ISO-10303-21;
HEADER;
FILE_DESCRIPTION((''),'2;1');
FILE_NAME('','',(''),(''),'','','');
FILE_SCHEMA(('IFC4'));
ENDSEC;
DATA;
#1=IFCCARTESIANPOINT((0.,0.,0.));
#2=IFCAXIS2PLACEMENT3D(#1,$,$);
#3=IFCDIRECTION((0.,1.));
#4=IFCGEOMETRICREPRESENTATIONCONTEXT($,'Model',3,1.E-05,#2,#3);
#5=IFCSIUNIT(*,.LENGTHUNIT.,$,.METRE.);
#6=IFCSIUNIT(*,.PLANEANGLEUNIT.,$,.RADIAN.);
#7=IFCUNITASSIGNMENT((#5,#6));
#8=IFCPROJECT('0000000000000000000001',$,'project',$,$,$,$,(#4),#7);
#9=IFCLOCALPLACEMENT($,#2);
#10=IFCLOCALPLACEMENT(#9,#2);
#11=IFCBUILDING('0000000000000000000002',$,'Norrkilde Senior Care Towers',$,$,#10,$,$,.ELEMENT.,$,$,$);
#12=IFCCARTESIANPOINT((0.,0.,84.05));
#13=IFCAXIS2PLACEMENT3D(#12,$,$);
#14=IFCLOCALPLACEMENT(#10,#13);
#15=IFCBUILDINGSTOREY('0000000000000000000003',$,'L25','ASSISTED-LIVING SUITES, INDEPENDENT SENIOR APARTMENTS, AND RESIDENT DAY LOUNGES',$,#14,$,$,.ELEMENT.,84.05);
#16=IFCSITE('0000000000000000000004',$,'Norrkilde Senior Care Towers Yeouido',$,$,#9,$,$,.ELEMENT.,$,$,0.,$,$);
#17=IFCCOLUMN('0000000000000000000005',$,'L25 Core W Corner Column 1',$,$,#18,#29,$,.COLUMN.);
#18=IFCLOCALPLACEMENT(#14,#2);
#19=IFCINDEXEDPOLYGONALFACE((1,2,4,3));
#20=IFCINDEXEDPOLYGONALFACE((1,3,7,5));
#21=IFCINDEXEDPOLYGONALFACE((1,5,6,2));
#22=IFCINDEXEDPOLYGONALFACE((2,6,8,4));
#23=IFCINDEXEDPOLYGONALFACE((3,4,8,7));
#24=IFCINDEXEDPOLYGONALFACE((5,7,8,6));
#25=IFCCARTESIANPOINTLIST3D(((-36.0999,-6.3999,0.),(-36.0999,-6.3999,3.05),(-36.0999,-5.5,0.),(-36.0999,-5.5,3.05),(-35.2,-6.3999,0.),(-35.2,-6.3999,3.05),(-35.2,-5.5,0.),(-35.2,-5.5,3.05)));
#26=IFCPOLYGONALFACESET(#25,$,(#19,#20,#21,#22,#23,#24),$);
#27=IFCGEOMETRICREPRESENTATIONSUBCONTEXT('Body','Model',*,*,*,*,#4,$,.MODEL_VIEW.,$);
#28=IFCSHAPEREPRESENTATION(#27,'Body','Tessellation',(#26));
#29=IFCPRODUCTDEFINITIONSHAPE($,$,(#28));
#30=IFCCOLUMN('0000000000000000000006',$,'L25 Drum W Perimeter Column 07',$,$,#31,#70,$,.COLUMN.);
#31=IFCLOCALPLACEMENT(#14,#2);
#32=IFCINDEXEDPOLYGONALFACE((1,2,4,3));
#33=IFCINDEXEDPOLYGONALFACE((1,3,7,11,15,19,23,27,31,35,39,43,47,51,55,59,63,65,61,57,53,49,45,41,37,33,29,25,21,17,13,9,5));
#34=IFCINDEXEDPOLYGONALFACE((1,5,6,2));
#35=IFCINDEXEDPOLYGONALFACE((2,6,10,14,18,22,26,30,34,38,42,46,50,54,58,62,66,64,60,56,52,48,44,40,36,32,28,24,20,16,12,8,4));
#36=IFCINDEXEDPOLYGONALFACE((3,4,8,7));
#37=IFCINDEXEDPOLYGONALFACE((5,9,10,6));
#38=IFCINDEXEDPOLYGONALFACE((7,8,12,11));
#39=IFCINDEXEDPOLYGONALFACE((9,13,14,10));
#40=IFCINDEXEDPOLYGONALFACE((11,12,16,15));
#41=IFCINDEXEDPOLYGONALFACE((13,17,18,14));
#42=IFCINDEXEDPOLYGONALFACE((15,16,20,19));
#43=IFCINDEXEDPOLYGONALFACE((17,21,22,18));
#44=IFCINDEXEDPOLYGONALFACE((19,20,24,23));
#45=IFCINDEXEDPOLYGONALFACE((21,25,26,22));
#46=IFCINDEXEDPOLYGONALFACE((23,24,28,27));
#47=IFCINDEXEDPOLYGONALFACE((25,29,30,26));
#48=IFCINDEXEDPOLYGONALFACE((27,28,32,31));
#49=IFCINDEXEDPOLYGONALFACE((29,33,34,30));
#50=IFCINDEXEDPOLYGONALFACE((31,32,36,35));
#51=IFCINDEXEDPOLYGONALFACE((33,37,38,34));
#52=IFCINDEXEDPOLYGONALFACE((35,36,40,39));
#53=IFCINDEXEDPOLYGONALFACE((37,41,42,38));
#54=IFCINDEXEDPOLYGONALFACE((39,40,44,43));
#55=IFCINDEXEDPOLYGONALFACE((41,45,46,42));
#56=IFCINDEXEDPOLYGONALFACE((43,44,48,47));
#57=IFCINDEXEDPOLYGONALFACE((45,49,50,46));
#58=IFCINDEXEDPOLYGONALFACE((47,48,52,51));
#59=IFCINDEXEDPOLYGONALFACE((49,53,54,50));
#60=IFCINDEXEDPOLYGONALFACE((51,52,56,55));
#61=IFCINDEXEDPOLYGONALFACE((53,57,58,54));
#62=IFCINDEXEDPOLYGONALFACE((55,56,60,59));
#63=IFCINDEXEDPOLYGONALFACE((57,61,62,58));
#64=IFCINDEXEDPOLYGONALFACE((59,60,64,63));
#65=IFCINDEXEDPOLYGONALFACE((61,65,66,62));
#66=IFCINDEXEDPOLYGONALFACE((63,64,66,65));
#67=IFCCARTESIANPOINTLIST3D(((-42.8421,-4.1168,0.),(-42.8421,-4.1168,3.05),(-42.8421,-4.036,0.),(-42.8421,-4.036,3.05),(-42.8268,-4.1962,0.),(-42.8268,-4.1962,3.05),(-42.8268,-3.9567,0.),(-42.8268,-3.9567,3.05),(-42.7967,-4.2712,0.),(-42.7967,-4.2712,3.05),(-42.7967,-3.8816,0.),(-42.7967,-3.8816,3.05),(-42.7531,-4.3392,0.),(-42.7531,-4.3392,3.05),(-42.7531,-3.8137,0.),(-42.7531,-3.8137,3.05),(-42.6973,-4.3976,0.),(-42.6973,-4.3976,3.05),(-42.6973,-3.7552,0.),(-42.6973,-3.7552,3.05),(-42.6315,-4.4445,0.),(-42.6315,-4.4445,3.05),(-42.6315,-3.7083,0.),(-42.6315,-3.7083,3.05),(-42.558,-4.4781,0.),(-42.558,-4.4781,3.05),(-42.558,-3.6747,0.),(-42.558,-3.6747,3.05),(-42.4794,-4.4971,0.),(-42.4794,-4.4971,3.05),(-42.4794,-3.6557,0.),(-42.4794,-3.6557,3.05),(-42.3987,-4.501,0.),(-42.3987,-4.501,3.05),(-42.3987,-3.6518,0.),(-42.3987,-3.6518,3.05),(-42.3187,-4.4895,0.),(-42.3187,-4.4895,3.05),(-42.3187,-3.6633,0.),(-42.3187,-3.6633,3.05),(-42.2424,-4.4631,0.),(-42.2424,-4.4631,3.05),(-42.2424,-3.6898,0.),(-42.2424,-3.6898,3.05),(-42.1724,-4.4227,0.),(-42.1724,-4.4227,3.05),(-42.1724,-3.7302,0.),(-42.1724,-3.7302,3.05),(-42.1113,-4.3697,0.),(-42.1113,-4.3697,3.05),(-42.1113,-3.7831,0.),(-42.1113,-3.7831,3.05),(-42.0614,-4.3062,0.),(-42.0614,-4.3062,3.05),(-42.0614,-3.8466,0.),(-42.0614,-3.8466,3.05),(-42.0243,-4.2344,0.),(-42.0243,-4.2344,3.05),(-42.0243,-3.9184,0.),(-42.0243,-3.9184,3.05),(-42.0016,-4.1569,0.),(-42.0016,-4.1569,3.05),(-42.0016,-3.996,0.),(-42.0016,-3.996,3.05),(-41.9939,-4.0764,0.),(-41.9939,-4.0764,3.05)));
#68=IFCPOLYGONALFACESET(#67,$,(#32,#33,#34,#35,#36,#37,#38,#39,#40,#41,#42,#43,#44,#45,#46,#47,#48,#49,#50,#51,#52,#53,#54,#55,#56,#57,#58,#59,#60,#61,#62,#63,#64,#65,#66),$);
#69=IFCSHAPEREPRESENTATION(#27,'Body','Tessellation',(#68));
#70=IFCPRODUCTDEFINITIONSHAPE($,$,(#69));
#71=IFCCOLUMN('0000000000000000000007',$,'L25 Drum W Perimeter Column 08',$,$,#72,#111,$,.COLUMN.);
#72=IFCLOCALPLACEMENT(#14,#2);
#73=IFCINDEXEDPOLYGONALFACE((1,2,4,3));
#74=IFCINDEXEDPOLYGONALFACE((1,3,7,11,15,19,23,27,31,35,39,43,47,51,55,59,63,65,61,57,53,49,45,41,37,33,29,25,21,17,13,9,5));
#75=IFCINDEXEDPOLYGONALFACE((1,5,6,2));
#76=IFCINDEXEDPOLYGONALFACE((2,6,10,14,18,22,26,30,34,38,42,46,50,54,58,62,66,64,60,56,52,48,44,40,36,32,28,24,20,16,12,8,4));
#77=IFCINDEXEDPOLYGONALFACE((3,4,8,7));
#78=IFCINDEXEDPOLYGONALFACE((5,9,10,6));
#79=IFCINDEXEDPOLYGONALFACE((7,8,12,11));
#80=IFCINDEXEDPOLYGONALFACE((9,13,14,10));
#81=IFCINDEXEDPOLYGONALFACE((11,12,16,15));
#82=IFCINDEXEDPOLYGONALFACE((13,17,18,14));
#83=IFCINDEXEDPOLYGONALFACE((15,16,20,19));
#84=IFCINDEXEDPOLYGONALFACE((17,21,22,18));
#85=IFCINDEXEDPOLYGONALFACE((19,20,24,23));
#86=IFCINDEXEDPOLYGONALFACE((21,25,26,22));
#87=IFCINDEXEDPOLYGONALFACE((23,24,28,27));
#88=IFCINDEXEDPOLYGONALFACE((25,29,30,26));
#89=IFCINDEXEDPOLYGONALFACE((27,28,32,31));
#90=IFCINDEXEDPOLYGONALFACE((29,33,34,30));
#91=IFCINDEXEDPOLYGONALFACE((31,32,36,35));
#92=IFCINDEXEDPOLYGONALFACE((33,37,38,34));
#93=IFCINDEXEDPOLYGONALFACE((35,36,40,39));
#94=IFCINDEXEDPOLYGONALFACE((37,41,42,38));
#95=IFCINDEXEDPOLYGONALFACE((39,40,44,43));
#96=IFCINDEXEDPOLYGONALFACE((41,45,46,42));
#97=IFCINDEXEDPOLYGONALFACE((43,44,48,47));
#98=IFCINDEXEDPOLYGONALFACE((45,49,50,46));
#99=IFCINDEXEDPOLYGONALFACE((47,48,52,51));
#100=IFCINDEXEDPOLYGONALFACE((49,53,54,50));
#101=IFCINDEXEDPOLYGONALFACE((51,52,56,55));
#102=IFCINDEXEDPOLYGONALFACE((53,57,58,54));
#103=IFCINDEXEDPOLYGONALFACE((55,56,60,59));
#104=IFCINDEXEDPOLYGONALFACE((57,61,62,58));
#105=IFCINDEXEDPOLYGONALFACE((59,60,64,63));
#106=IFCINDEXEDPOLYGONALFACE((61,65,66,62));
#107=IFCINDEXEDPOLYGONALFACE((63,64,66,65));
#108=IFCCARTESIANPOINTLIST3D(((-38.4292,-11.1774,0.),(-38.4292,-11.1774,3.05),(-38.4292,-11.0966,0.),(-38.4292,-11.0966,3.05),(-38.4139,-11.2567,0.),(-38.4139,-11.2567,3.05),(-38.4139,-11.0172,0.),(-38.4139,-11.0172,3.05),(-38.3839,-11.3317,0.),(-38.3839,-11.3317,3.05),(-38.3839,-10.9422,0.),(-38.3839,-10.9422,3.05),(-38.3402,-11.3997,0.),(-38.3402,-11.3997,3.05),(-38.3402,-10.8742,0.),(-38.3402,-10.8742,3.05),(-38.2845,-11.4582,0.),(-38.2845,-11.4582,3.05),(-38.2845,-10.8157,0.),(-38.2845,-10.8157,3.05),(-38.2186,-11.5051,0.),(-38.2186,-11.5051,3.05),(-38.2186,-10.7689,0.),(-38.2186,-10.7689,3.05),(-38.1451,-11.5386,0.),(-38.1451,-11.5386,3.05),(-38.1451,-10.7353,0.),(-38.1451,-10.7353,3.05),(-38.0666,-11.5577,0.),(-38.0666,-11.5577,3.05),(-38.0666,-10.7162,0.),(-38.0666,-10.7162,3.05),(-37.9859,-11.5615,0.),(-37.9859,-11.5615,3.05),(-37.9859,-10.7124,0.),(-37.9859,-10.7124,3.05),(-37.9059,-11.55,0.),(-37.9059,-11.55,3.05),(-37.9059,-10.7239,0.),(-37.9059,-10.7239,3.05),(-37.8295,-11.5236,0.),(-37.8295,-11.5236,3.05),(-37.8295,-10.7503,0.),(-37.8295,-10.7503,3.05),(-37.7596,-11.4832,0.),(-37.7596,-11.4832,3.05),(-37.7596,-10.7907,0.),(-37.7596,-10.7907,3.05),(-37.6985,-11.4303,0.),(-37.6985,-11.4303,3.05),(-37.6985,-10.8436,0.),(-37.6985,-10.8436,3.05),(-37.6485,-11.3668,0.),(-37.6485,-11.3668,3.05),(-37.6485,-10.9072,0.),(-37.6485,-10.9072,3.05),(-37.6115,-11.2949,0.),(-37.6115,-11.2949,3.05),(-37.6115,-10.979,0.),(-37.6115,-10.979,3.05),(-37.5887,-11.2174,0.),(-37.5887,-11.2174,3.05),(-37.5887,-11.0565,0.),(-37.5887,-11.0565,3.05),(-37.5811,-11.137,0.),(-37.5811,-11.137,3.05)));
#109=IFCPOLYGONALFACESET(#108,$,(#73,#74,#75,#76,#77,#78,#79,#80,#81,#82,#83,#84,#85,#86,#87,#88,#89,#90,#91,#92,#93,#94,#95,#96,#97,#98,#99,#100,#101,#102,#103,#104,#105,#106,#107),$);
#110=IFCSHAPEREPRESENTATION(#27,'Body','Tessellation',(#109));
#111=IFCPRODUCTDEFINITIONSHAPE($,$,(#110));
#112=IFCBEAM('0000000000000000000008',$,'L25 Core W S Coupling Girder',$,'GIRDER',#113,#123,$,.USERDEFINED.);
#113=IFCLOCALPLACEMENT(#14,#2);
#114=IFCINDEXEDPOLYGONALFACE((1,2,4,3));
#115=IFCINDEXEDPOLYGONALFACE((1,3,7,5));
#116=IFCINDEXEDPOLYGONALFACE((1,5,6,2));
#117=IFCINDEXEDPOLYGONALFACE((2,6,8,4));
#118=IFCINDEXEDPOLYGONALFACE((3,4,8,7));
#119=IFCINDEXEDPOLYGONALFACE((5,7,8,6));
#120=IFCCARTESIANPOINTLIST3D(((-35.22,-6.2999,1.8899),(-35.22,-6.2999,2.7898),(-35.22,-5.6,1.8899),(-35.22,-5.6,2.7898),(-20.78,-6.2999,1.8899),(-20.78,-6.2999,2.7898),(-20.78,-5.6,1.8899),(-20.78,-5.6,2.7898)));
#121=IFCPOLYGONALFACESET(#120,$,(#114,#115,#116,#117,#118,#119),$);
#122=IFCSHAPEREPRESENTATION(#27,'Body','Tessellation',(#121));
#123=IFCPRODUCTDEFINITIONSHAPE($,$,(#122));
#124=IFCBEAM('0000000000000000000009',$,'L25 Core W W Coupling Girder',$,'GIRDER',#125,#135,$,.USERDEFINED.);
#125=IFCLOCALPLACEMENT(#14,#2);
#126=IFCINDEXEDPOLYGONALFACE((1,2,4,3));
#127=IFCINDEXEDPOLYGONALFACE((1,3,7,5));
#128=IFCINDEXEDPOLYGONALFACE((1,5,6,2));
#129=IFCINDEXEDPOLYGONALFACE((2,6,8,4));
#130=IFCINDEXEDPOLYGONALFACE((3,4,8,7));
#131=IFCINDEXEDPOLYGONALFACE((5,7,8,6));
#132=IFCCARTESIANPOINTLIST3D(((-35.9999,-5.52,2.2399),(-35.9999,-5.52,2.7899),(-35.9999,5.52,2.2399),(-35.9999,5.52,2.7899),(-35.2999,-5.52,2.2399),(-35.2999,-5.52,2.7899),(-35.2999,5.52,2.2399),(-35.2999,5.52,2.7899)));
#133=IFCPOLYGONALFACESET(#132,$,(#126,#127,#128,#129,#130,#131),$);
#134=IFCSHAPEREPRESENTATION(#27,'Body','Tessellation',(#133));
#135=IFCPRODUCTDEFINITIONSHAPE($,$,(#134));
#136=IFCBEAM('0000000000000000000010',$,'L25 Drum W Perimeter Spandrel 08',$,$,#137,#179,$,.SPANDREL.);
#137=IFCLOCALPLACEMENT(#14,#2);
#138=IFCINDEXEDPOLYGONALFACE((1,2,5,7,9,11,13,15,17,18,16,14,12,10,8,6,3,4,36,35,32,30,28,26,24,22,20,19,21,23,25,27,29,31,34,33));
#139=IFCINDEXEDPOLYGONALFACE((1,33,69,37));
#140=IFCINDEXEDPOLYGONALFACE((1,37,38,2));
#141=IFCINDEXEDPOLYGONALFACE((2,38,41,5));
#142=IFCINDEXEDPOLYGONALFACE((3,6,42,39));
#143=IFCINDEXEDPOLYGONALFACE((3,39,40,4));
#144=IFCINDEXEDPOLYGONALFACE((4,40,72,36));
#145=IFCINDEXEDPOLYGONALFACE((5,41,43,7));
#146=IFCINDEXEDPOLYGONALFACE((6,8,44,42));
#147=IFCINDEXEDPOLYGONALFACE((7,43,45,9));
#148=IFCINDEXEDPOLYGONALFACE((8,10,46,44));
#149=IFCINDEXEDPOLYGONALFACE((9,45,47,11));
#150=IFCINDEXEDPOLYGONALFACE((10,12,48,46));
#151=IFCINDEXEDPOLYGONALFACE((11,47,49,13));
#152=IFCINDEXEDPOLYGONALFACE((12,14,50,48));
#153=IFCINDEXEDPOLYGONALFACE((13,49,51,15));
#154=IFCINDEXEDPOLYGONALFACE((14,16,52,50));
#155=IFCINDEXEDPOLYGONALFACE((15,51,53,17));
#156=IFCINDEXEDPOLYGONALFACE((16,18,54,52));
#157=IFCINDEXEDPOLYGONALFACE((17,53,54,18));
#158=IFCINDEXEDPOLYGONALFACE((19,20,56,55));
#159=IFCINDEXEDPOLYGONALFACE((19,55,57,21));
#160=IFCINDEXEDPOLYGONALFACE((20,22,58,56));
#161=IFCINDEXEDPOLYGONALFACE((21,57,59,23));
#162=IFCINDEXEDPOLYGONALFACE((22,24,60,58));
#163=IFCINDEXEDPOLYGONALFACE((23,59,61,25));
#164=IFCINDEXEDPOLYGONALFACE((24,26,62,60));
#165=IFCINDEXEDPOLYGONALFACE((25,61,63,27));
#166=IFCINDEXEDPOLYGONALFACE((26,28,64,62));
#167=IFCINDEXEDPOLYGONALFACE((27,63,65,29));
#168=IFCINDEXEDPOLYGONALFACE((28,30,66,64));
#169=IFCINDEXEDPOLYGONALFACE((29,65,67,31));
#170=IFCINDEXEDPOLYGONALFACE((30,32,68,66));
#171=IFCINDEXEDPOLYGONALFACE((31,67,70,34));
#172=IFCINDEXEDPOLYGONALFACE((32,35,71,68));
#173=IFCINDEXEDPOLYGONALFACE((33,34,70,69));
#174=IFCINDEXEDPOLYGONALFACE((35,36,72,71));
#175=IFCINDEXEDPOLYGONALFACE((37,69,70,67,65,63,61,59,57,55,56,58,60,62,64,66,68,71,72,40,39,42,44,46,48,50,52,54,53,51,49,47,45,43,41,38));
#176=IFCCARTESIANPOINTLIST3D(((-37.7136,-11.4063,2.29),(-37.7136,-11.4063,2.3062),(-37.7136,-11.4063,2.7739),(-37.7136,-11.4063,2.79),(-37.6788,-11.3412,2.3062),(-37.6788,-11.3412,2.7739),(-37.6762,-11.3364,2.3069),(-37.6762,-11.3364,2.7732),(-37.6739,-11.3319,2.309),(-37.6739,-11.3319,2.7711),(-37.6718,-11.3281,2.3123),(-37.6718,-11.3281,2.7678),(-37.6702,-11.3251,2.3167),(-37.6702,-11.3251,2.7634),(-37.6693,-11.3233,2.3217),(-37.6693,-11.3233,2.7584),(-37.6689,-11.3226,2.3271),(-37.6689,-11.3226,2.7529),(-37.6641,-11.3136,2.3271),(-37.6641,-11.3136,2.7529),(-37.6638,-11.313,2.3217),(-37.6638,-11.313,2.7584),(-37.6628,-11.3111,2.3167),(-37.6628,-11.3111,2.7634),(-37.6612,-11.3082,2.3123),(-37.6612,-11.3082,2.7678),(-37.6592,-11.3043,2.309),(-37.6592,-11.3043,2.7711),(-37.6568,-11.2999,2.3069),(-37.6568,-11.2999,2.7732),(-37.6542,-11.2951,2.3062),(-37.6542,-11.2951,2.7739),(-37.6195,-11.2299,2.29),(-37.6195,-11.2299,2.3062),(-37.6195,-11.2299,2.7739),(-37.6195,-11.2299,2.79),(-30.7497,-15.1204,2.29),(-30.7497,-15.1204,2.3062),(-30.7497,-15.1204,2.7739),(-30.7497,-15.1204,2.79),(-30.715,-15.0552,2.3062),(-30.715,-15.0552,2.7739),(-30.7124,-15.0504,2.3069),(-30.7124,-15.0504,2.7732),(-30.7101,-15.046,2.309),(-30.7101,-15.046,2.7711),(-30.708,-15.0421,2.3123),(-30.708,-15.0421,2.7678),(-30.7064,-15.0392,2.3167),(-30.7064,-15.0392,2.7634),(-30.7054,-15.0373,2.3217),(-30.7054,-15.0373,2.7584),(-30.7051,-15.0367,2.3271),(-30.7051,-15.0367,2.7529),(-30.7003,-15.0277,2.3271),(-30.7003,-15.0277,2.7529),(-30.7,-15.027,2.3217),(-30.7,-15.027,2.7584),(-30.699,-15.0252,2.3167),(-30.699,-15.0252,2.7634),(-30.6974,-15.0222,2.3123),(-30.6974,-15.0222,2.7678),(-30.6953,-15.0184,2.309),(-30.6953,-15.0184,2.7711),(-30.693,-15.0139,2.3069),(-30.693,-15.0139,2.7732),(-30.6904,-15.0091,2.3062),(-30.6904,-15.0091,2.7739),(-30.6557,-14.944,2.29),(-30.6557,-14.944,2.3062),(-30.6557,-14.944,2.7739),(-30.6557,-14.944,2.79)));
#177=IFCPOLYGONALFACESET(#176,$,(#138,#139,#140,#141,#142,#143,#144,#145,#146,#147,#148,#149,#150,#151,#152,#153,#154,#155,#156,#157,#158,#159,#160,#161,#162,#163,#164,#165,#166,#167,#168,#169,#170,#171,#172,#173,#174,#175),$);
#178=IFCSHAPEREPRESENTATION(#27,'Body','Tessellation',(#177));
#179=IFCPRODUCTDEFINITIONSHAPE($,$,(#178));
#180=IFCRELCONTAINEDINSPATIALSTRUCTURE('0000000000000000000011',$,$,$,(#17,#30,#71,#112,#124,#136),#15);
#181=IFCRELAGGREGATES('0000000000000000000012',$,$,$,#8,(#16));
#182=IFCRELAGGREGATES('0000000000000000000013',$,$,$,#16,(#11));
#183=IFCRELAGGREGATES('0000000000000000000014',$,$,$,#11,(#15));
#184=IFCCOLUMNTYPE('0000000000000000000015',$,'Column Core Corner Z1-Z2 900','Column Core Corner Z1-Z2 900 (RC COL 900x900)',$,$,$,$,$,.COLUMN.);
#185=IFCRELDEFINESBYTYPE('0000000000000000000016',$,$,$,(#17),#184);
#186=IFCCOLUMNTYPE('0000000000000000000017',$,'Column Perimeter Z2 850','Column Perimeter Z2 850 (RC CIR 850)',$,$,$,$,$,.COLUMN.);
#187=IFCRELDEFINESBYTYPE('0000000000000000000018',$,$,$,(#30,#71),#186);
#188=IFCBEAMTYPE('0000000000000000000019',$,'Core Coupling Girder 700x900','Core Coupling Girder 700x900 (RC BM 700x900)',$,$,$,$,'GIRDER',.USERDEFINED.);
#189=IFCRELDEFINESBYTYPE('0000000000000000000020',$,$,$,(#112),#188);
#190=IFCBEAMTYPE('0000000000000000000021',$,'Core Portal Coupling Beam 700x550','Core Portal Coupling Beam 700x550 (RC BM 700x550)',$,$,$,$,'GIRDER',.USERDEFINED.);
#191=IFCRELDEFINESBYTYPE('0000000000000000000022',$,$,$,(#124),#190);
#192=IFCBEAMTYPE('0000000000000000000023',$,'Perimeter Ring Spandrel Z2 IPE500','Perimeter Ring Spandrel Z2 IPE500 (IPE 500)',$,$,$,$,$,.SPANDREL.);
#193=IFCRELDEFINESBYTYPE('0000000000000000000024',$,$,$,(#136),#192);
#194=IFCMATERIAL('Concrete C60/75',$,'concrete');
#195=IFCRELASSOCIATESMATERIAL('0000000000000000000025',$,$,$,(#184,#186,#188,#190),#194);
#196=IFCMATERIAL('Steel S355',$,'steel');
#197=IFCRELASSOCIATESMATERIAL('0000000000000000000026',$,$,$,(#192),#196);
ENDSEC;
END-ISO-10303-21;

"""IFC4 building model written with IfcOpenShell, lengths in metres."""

from ifc_helpers import new_model, si_unit, direction, frame, origin, origin_2d, place, context, subcontext, project, spatial, rectangle, circle, i_section, extrude, source, transform, mapped, material, material_profile, profile_set, type_object, type_shapes, element, save


model = new_model("IFC4")

# Units and contexts
model_context = context("Model", 3, precision=1e-05, world=origin(), true_north=direction((0.0, 1.0)))
body_context = subcontext(model_context, "Body", "Model", "MODEL_VIEW")
ifc_project = project(units=[si_unit("LENGTHUNIT", "METRE"), si_unit("PLANEANGLEUNIT", "RADIAN")], contexts=[model_context])

# Site, building, storey
site_placement = place(None, origin())
site = spatial("IfcSite", under=ifc_project, at=site_placement, Name="Norrkilde Senior Care Towers Yeouido", CompositionType="ELEMENT", RefElevation=0.0)
building_placement = place(site_placement, origin())
building = spatial("IfcBuilding", under=site, at=building_placement, Name="Norrkilde Senior Care Towers", CompositionType="ELEMENT")
storey_placement = place(building_placement, frame((0.0, 0.0, 84.05)))
storey = spatial("IfcBuildingStorey", under=building, at=storey_placement, Name="L25", Description="ASSISTED-LIVING SUITES, INDEPENDENT SENIOR APARTMENTS, AND RESIDENT DAY LOUNGES", CompositionType="ELEMENT", Elevation=84.05)

# Columns
ifc_material_1 = material(Name="Concrete C60/75", Category="concrete")
ifc_material_profile_1 = material_profile(ifc_material_1, rectangle(XDim=0.8999, YDim=0.8999, at=origin_2d()), Name="RC COL 900x900")
ifc_profile_set_1 = profile_set([ifc_material_profile_1], Name="Concrete C60/75")
column_type_1 = type_object("IfcColumnType", Name="Column Core Corner Z1-Z2 900", Description="Column Core Corner Z1-Z2 900 (RC COL 900x900)", PredefinedType="COLUMN", material=ifc_profile_set_1)
shared_shape_1 = source(origin(), body_context, "Body", "SweptSolid", [
    extrude(rectangle(XDim=0.8999, YDim=0.8999, at=origin_2d()), origin(), (0.0, 0.0, 1.0), 3.05),
])
type_shapes(column_type_1, [shared_shape_1])
column_placement = place(storey_placement, frame((-35.6499, -5.95, 0.0), z_axis=(0.0, 0.0, 1.0), x_axis=(1.0, 0.0, 0.0)))
element("IfcColumn", 1, at=column_placement, inside=storey, type_object=column_type_1, Name="L25 Core W Corner Column 1", PredefinedType="COLUMN", context=body_context, shape_type="MappedRepresentation", body=[
    mapped(shared_shape_1, transform((0.0, 0.0, 0.0), x_axis=(1.0, 0.0, 0.0), y_axis=(0.0, 1.0, 0.0), z_axis=(0.0, 0.0, 1.0), scale=1.0)),
])
ifc_material_profile_2 = material_profile(ifc_material_1, circle(Radius=0.425, at=origin_2d()), Name="RC CIR 850")
ifc_profile_set_2 = profile_set([ifc_material_profile_2], Name="Concrete C60/75")
column_type_2 = type_object("IfcColumnType", Name="Column Perimeter Z2 850", Description="Column Perimeter Z2 850 (RC CIR 850)", PredefinedType="COLUMN", material=ifc_profile_set_2)
shared_shape_2 = source(origin(), body_context, "Body", "SweptSolid", [
    extrude(circle(Radius=0.425, at=origin_2d()), origin(), (0.0, 0.0, 1.0), 3.05),
])
type_shapes(column_type_2, [shared_shape_2])
for number, where, z_axis, x_axis, name in (
    (2, (-42.4189, -4.0764, 0.0), (0.0, 0.0, 1.0), (1.0, 0.0, 0.0), "L25 Drum W Perimeter Column 07"),
    (3, (-38.0061, -11.137, 0.0), (0.0, 0.0, 1.0), (1.0, 0.0, 0.0), "L25 Drum W Perimeter Column 08"),
):
    element("IfcColumn", number, at=place(storey_placement, frame(where, z_axis=z_axis, x_axis=x_axis)), inside=storey, type_object=column_type_2, Name=name, PredefinedType="COLUMN", context=body_context, shape_type="MappedRepresentation", body=[
        mapped(shared_shape_2, transform((0.0, 0.0, 0.0), x_axis=(1.0, 0.0, 0.0), y_axis=(0.0, 1.0, 0.0), z_axis=(0.0, 0.0, 1.0), scale=1.0)),
    ])

# Beams
ifc_material_profile_3 = material_profile(ifc_material_1, rectangle(XDim=0.7, YDim=0.8999, at=origin_2d()), Name="RC BM 700x900")
ifc_profile_set_3 = profile_set([ifc_material_profile_3], Name="Concrete C60/75")
beam_type_1 = type_object("IfcBeamType", Name="Core Coupling Girder 700x900", Description="Core Coupling Girder 700x900 (RC BM 700x900)", ElementType="GIRDER", PredefinedType="USERDEFINED", material=ifc_profile_set_3)
shared_shape_3 = source(origin(), body_context, "Body", "SweptSolid", [
    extrude(rectangle(XDim=0.7, YDim=0.8999, at=origin_2d()), origin(), (0.0, 0.0, 1.0), 14.4399),
])
type_shapes(beam_type_1, [shared_shape_3])
beam_1_placement = place(storey_placement, frame((-35.22, -5.95, 2.3398), z_axis=(1.0, 0.0, 0.0), x_axis=(0.0, 1.0, 0.0)))
element("IfcBeam", 4, at=beam_1_placement, inside=storey, type_object=beam_type_1, Name="L25 Core W S Coupling Girder", ObjectType="GIRDER", PredefinedType="USERDEFINED", context=body_context, shape_type="MappedRepresentation", body=[
    mapped(shared_shape_3, transform((0.0, 0.0, 0.0), x_axis=(1.0, 0.0, 0.0), y_axis=(0.0, 1.0, 0.0), z_axis=(0.0, 0.0, 1.0), scale=1.0)),
])
ifc_material_profile_4 = material_profile(ifc_material_1, rectangle(XDim=0.7, YDim=0.55, at=origin_2d()), Name="RC BM 700x550")
ifc_profile_set_4 = profile_set([ifc_material_profile_4], Name="Concrete C60/75")
beam_type_2 = type_object("IfcBeamType", Name="Core Portal Coupling Beam 700x550", Description="Core Portal Coupling Beam 700x550 (RC BM 700x550)", ElementType="GIRDER", PredefinedType="USERDEFINED", material=ifc_profile_set_4)
shared_shape_4 = source(origin(), body_context, "Body", "SweptSolid", [
    extrude(rectangle(XDim=0.7, YDim=0.55, at=origin_2d()), origin(), (0.0, 0.0, 1.0), 11.04),
])
type_shapes(beam_type_2, [shared_shape_4])
beam_2_placement = place(storey_placement, frame((-35.6499, -5.52, 2.5149), z_axis=(0.0, 1.0, 0.0), x_axis=(-1.0, 0.0, 0.0)))
element("IfcBeam", 5, at=beam_2_placement, inside=storey, type_object=beam_type_2, Name="L25 Core W W Coupling Girder", ObjectType="GIRDER", PredefinedType="USERDEFINED", context=body_context, shape_type="MappedRepresentation", body=[
    mapped(shared_shape_4, transform((0.0, 0.0, 0.0), x_axis=(1.0, 0.0, 0.0), y_axis=(0.0, 1.0, 0.0), z_axis=(0.0, 0.0, 1.0), scale=1.0)),
])
ifc_material_2 = material(Name="Steel S355", Category="steel")
ifc_material_profile_5 = material_profile(ifc_material_2, i_section(OverallWidth=0.2, OverallDepth=0.5, WebThickness=0.0103, FlangeThickness=0.0161, FilletRadius=0.021, at=origin_2d()), Name="IPE 500")
ifc_profile_set_5 = profile_set([ifc_material_profile_5], Name="Steel S355")
beam_type_3 = type_object("IfcBeamType", Name="Perimeter Ring Spandrel Z2 IPE500", Description="Perimeter Ring Spandrel Z2 IPE500 (IPE 500)", PredefinedType="SPANDREL", material=ifc_profile_set_5)
shared_shape_5 = source(origin(), body_context, "Body", "SweptSolid", [
    extrude(i_section(OverallWidth=0.2, OverallDepth=0.5, WebThickness=0.0103, FlangeThickness=0.0161, FilletRadius=0.021, at=origin_2d()), origin(), (0.0, 0.0, 1.0), 7.8923),
])
beam_3_placement = place(storey_placement, frame((-37.6665, -11.3181, 2.54), z_axis=(0.88235, -0.470593, 0.0), x_axis=(0.470593, 0.88235, 0.0)))
element("IfcBeam", 6, at=beam_3_placement, inside=storey, type_object=beam_type_3, Name="L25 Drum W Perimeter Spandrel 08", PredefinedType="SPANDREL", context=body_context, shape_type="MappedRepresentation", body=[
    mapped(shared_shape_5, transform((0.0, 0.0, 0.0), x_axis=(1.0, 0.0, 0.0), y_axis=(0.0, 1.0, 0.0), z_axis=(0.0, 0.0, 1.0), scale=1.0)),
])

save(model, "model.ifc")
